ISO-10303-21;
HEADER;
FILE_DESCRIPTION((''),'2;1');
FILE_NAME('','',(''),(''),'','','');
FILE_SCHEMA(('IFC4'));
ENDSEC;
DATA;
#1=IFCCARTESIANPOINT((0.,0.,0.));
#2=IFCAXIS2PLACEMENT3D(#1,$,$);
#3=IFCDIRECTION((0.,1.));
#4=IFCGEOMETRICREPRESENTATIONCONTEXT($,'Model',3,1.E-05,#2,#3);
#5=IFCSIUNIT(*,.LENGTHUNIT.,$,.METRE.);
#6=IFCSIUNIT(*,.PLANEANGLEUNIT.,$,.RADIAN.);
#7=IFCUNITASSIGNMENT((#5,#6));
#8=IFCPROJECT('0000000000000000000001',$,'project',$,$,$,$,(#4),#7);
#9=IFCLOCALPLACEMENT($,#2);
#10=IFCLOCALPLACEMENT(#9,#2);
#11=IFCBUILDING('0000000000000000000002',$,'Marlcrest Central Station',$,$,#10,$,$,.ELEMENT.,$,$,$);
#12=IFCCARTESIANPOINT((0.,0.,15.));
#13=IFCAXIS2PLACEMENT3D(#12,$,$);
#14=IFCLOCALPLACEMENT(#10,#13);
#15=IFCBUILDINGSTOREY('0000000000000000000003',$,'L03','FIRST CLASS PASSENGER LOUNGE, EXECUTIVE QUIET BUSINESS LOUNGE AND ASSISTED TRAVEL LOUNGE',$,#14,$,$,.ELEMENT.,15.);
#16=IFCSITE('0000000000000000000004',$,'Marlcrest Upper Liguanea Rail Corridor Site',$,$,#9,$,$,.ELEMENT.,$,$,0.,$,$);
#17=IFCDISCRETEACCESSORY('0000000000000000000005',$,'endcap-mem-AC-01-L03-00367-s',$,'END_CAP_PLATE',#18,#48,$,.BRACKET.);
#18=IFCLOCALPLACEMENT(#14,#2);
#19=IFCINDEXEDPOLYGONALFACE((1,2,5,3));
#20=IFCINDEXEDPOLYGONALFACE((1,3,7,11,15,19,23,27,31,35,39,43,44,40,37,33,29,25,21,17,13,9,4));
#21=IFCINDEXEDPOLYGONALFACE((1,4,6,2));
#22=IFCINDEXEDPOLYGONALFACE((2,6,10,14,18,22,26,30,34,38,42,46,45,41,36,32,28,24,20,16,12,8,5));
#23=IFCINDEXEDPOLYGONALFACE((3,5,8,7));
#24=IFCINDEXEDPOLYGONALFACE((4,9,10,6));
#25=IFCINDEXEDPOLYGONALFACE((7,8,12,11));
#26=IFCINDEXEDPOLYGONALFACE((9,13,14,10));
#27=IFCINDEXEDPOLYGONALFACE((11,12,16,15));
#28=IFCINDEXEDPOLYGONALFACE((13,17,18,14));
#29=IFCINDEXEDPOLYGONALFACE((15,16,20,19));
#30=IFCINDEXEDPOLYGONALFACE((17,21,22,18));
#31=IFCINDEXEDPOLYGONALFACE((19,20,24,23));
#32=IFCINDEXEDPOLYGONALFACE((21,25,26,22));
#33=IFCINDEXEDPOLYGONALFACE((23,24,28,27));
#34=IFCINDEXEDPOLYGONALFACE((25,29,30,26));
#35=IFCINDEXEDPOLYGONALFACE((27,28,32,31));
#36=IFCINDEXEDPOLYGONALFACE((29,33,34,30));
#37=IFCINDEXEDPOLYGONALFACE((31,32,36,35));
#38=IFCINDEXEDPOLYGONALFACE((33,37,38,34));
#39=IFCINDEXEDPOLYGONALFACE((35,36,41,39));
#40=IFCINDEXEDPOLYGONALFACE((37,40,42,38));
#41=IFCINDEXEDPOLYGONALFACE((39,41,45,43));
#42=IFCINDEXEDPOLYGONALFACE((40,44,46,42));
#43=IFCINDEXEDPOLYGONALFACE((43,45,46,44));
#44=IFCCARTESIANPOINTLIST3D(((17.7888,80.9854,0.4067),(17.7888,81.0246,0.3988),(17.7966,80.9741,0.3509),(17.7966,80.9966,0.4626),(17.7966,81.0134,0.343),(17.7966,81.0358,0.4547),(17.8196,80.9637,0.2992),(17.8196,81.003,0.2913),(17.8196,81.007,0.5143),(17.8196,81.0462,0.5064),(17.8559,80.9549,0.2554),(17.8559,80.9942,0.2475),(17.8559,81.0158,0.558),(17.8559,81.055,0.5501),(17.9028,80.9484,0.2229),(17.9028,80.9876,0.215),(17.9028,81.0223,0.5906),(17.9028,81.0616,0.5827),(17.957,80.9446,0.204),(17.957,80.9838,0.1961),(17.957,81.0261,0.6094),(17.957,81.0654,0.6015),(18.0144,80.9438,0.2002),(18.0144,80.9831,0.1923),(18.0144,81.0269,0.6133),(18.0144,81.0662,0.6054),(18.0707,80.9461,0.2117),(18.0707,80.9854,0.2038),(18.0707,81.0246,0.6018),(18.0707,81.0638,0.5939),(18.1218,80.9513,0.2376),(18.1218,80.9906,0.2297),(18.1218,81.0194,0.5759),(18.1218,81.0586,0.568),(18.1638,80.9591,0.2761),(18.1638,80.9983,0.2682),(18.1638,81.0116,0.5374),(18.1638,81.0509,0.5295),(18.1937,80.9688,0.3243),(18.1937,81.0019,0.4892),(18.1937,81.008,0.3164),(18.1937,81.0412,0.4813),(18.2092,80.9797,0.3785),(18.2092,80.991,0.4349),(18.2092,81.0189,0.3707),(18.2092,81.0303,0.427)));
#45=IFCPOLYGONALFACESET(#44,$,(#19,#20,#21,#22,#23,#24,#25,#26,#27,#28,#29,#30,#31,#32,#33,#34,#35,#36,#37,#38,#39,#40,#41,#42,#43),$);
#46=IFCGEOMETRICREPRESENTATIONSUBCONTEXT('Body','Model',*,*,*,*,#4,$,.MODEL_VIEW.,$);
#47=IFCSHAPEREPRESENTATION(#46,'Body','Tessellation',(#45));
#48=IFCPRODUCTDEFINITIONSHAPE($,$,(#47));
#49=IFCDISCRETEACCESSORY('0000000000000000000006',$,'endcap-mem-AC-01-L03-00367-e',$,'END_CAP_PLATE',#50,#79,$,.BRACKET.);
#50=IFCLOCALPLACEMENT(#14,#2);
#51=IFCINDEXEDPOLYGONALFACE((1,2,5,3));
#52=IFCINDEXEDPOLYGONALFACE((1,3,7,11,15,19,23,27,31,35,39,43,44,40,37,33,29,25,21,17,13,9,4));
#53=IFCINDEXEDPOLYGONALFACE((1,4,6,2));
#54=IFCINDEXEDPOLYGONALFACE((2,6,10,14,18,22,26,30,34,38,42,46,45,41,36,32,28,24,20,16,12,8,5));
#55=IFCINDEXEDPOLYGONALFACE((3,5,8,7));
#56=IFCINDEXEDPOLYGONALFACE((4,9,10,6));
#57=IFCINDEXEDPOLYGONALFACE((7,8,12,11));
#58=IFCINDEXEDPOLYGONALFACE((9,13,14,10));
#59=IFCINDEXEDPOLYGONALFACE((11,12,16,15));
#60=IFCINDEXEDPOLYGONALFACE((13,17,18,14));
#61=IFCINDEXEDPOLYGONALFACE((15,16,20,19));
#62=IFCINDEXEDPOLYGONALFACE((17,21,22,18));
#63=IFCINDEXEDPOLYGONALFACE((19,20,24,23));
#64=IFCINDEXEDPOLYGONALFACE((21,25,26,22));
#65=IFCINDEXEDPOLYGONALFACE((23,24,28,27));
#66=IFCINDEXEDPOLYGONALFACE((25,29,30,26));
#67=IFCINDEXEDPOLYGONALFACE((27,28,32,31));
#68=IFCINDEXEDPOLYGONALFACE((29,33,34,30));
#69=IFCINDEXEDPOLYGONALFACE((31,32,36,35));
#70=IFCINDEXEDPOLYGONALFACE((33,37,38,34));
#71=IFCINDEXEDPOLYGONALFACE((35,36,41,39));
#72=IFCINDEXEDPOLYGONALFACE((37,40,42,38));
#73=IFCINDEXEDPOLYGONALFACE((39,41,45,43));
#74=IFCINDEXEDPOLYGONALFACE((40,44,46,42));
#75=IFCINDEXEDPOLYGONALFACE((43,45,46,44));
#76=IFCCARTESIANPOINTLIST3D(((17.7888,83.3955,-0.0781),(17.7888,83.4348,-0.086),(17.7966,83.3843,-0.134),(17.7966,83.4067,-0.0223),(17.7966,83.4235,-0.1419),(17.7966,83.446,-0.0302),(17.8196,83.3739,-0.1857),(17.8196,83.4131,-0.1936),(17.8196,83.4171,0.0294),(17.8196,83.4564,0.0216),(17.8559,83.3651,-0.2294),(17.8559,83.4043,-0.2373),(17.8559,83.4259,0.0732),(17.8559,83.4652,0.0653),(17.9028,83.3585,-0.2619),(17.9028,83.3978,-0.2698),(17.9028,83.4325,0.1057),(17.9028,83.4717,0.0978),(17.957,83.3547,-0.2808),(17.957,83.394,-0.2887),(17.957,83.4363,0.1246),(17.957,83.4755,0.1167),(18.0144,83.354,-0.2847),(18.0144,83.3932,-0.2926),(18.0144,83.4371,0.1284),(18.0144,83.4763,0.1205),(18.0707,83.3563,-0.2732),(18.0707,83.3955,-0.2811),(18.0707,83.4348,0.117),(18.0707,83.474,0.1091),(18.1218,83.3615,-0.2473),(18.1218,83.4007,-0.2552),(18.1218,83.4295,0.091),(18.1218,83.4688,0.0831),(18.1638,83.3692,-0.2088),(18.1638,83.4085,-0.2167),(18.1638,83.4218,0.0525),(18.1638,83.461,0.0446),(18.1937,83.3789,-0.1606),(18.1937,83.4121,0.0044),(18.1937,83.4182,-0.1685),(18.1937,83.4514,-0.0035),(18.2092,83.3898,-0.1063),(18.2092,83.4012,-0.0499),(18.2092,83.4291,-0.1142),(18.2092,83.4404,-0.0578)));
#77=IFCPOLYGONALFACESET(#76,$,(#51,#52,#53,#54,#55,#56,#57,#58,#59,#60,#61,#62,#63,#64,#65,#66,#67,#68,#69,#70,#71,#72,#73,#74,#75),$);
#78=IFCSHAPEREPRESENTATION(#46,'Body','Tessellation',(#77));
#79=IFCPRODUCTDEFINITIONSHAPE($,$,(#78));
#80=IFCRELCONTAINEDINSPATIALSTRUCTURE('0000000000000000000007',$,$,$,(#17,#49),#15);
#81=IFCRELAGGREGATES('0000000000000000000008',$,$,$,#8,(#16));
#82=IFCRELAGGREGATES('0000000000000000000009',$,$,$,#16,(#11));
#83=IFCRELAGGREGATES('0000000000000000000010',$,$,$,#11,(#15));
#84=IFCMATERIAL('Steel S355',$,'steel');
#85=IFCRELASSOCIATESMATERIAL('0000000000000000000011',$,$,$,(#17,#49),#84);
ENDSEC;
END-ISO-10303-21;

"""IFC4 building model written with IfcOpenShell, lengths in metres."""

from ifc_helpers import new_model, si_unit, direction, frame, origin, origin_2d, place, context, subcontext, project, spatial, circle, extrude, material, element, save


model = new_model("IFC4")

# Units and contexts
model_context = context("Model", 3, precision=1e-05, world=origin(), true_north=direction((0.0, 1.0)))
body_context = subcontext(model_context, "Body", "Model", "MODEL_VIEW")
ifc_project = project(units=[si_unit("LENGTHUNIT", "METRE"), si_unit("PLANEANGLEUNIT", "RADIAN")], contexts=[model_context])

# Site, building, storey
site_placement = place(None, origin())
site = spatial("IfcSite", under=ifc_project, at=site_placement, Name="Marlcrest Upper Liguanea Rail Corridor Site", CompositionType="ELEMENT", RefElevation=0.0)
building_placement = place(site_placement, origin())
building = spatial("IfcBuilding", under=site, at=building_placement, Name="Marlcrest Central Station", CompositionType="ELEMENT")
storey_placement = place(building_placement, frame((0.0, 0.0, 15.0)))
storey = spatial("IfcBuildingStorey", under=building, at=storey_placement, Name="L03", Description="FIRST CLASS PASSENGER LOUNGE, EXECUTIVE QUIET BUSINESS LOUNGE AND ASSISTED TRAVEL LOUNGE", CompositionType="ELEMENT", Elevation=15.0)

# Shared definitions
ifc_material_1 = material(Name="Steel S355", Category="steel")

# Discrete accessories
for number, where, z_axis, x_axis, name in (
    (1, (18.0, 80.9854, 0.4067), (0.0, 0.980359, -0.197219), (-1.0, 0.0, 0.0), "endcap-mem-AC-01-L03-00367-s"),
    (2, (18.0, 83.3955, -0.0781), (0.0, 0.980359, -0.197219), (-1.0, 0.0, 0.0), "endcap-mem-AC-01-L03-00367-e"),
):
    element("IfcDiscreteAccessory", number, at=place(storey_placement, frame(where, z_axis=z_axis, x_axis=x_axis)), inside=storey, material=ifc_material_1, Name=name, ObjectType="END_CAP_PLATE", PredefinedType="BRACKET", context=body_context, shape_type="SweptSolid", body=[
        extrude(circle(Radius=0.2112, at=origin_2d()), origin(), (0.0, 0.0, 1.0), 0.04),
    ])

save(model, "model.ifc")
